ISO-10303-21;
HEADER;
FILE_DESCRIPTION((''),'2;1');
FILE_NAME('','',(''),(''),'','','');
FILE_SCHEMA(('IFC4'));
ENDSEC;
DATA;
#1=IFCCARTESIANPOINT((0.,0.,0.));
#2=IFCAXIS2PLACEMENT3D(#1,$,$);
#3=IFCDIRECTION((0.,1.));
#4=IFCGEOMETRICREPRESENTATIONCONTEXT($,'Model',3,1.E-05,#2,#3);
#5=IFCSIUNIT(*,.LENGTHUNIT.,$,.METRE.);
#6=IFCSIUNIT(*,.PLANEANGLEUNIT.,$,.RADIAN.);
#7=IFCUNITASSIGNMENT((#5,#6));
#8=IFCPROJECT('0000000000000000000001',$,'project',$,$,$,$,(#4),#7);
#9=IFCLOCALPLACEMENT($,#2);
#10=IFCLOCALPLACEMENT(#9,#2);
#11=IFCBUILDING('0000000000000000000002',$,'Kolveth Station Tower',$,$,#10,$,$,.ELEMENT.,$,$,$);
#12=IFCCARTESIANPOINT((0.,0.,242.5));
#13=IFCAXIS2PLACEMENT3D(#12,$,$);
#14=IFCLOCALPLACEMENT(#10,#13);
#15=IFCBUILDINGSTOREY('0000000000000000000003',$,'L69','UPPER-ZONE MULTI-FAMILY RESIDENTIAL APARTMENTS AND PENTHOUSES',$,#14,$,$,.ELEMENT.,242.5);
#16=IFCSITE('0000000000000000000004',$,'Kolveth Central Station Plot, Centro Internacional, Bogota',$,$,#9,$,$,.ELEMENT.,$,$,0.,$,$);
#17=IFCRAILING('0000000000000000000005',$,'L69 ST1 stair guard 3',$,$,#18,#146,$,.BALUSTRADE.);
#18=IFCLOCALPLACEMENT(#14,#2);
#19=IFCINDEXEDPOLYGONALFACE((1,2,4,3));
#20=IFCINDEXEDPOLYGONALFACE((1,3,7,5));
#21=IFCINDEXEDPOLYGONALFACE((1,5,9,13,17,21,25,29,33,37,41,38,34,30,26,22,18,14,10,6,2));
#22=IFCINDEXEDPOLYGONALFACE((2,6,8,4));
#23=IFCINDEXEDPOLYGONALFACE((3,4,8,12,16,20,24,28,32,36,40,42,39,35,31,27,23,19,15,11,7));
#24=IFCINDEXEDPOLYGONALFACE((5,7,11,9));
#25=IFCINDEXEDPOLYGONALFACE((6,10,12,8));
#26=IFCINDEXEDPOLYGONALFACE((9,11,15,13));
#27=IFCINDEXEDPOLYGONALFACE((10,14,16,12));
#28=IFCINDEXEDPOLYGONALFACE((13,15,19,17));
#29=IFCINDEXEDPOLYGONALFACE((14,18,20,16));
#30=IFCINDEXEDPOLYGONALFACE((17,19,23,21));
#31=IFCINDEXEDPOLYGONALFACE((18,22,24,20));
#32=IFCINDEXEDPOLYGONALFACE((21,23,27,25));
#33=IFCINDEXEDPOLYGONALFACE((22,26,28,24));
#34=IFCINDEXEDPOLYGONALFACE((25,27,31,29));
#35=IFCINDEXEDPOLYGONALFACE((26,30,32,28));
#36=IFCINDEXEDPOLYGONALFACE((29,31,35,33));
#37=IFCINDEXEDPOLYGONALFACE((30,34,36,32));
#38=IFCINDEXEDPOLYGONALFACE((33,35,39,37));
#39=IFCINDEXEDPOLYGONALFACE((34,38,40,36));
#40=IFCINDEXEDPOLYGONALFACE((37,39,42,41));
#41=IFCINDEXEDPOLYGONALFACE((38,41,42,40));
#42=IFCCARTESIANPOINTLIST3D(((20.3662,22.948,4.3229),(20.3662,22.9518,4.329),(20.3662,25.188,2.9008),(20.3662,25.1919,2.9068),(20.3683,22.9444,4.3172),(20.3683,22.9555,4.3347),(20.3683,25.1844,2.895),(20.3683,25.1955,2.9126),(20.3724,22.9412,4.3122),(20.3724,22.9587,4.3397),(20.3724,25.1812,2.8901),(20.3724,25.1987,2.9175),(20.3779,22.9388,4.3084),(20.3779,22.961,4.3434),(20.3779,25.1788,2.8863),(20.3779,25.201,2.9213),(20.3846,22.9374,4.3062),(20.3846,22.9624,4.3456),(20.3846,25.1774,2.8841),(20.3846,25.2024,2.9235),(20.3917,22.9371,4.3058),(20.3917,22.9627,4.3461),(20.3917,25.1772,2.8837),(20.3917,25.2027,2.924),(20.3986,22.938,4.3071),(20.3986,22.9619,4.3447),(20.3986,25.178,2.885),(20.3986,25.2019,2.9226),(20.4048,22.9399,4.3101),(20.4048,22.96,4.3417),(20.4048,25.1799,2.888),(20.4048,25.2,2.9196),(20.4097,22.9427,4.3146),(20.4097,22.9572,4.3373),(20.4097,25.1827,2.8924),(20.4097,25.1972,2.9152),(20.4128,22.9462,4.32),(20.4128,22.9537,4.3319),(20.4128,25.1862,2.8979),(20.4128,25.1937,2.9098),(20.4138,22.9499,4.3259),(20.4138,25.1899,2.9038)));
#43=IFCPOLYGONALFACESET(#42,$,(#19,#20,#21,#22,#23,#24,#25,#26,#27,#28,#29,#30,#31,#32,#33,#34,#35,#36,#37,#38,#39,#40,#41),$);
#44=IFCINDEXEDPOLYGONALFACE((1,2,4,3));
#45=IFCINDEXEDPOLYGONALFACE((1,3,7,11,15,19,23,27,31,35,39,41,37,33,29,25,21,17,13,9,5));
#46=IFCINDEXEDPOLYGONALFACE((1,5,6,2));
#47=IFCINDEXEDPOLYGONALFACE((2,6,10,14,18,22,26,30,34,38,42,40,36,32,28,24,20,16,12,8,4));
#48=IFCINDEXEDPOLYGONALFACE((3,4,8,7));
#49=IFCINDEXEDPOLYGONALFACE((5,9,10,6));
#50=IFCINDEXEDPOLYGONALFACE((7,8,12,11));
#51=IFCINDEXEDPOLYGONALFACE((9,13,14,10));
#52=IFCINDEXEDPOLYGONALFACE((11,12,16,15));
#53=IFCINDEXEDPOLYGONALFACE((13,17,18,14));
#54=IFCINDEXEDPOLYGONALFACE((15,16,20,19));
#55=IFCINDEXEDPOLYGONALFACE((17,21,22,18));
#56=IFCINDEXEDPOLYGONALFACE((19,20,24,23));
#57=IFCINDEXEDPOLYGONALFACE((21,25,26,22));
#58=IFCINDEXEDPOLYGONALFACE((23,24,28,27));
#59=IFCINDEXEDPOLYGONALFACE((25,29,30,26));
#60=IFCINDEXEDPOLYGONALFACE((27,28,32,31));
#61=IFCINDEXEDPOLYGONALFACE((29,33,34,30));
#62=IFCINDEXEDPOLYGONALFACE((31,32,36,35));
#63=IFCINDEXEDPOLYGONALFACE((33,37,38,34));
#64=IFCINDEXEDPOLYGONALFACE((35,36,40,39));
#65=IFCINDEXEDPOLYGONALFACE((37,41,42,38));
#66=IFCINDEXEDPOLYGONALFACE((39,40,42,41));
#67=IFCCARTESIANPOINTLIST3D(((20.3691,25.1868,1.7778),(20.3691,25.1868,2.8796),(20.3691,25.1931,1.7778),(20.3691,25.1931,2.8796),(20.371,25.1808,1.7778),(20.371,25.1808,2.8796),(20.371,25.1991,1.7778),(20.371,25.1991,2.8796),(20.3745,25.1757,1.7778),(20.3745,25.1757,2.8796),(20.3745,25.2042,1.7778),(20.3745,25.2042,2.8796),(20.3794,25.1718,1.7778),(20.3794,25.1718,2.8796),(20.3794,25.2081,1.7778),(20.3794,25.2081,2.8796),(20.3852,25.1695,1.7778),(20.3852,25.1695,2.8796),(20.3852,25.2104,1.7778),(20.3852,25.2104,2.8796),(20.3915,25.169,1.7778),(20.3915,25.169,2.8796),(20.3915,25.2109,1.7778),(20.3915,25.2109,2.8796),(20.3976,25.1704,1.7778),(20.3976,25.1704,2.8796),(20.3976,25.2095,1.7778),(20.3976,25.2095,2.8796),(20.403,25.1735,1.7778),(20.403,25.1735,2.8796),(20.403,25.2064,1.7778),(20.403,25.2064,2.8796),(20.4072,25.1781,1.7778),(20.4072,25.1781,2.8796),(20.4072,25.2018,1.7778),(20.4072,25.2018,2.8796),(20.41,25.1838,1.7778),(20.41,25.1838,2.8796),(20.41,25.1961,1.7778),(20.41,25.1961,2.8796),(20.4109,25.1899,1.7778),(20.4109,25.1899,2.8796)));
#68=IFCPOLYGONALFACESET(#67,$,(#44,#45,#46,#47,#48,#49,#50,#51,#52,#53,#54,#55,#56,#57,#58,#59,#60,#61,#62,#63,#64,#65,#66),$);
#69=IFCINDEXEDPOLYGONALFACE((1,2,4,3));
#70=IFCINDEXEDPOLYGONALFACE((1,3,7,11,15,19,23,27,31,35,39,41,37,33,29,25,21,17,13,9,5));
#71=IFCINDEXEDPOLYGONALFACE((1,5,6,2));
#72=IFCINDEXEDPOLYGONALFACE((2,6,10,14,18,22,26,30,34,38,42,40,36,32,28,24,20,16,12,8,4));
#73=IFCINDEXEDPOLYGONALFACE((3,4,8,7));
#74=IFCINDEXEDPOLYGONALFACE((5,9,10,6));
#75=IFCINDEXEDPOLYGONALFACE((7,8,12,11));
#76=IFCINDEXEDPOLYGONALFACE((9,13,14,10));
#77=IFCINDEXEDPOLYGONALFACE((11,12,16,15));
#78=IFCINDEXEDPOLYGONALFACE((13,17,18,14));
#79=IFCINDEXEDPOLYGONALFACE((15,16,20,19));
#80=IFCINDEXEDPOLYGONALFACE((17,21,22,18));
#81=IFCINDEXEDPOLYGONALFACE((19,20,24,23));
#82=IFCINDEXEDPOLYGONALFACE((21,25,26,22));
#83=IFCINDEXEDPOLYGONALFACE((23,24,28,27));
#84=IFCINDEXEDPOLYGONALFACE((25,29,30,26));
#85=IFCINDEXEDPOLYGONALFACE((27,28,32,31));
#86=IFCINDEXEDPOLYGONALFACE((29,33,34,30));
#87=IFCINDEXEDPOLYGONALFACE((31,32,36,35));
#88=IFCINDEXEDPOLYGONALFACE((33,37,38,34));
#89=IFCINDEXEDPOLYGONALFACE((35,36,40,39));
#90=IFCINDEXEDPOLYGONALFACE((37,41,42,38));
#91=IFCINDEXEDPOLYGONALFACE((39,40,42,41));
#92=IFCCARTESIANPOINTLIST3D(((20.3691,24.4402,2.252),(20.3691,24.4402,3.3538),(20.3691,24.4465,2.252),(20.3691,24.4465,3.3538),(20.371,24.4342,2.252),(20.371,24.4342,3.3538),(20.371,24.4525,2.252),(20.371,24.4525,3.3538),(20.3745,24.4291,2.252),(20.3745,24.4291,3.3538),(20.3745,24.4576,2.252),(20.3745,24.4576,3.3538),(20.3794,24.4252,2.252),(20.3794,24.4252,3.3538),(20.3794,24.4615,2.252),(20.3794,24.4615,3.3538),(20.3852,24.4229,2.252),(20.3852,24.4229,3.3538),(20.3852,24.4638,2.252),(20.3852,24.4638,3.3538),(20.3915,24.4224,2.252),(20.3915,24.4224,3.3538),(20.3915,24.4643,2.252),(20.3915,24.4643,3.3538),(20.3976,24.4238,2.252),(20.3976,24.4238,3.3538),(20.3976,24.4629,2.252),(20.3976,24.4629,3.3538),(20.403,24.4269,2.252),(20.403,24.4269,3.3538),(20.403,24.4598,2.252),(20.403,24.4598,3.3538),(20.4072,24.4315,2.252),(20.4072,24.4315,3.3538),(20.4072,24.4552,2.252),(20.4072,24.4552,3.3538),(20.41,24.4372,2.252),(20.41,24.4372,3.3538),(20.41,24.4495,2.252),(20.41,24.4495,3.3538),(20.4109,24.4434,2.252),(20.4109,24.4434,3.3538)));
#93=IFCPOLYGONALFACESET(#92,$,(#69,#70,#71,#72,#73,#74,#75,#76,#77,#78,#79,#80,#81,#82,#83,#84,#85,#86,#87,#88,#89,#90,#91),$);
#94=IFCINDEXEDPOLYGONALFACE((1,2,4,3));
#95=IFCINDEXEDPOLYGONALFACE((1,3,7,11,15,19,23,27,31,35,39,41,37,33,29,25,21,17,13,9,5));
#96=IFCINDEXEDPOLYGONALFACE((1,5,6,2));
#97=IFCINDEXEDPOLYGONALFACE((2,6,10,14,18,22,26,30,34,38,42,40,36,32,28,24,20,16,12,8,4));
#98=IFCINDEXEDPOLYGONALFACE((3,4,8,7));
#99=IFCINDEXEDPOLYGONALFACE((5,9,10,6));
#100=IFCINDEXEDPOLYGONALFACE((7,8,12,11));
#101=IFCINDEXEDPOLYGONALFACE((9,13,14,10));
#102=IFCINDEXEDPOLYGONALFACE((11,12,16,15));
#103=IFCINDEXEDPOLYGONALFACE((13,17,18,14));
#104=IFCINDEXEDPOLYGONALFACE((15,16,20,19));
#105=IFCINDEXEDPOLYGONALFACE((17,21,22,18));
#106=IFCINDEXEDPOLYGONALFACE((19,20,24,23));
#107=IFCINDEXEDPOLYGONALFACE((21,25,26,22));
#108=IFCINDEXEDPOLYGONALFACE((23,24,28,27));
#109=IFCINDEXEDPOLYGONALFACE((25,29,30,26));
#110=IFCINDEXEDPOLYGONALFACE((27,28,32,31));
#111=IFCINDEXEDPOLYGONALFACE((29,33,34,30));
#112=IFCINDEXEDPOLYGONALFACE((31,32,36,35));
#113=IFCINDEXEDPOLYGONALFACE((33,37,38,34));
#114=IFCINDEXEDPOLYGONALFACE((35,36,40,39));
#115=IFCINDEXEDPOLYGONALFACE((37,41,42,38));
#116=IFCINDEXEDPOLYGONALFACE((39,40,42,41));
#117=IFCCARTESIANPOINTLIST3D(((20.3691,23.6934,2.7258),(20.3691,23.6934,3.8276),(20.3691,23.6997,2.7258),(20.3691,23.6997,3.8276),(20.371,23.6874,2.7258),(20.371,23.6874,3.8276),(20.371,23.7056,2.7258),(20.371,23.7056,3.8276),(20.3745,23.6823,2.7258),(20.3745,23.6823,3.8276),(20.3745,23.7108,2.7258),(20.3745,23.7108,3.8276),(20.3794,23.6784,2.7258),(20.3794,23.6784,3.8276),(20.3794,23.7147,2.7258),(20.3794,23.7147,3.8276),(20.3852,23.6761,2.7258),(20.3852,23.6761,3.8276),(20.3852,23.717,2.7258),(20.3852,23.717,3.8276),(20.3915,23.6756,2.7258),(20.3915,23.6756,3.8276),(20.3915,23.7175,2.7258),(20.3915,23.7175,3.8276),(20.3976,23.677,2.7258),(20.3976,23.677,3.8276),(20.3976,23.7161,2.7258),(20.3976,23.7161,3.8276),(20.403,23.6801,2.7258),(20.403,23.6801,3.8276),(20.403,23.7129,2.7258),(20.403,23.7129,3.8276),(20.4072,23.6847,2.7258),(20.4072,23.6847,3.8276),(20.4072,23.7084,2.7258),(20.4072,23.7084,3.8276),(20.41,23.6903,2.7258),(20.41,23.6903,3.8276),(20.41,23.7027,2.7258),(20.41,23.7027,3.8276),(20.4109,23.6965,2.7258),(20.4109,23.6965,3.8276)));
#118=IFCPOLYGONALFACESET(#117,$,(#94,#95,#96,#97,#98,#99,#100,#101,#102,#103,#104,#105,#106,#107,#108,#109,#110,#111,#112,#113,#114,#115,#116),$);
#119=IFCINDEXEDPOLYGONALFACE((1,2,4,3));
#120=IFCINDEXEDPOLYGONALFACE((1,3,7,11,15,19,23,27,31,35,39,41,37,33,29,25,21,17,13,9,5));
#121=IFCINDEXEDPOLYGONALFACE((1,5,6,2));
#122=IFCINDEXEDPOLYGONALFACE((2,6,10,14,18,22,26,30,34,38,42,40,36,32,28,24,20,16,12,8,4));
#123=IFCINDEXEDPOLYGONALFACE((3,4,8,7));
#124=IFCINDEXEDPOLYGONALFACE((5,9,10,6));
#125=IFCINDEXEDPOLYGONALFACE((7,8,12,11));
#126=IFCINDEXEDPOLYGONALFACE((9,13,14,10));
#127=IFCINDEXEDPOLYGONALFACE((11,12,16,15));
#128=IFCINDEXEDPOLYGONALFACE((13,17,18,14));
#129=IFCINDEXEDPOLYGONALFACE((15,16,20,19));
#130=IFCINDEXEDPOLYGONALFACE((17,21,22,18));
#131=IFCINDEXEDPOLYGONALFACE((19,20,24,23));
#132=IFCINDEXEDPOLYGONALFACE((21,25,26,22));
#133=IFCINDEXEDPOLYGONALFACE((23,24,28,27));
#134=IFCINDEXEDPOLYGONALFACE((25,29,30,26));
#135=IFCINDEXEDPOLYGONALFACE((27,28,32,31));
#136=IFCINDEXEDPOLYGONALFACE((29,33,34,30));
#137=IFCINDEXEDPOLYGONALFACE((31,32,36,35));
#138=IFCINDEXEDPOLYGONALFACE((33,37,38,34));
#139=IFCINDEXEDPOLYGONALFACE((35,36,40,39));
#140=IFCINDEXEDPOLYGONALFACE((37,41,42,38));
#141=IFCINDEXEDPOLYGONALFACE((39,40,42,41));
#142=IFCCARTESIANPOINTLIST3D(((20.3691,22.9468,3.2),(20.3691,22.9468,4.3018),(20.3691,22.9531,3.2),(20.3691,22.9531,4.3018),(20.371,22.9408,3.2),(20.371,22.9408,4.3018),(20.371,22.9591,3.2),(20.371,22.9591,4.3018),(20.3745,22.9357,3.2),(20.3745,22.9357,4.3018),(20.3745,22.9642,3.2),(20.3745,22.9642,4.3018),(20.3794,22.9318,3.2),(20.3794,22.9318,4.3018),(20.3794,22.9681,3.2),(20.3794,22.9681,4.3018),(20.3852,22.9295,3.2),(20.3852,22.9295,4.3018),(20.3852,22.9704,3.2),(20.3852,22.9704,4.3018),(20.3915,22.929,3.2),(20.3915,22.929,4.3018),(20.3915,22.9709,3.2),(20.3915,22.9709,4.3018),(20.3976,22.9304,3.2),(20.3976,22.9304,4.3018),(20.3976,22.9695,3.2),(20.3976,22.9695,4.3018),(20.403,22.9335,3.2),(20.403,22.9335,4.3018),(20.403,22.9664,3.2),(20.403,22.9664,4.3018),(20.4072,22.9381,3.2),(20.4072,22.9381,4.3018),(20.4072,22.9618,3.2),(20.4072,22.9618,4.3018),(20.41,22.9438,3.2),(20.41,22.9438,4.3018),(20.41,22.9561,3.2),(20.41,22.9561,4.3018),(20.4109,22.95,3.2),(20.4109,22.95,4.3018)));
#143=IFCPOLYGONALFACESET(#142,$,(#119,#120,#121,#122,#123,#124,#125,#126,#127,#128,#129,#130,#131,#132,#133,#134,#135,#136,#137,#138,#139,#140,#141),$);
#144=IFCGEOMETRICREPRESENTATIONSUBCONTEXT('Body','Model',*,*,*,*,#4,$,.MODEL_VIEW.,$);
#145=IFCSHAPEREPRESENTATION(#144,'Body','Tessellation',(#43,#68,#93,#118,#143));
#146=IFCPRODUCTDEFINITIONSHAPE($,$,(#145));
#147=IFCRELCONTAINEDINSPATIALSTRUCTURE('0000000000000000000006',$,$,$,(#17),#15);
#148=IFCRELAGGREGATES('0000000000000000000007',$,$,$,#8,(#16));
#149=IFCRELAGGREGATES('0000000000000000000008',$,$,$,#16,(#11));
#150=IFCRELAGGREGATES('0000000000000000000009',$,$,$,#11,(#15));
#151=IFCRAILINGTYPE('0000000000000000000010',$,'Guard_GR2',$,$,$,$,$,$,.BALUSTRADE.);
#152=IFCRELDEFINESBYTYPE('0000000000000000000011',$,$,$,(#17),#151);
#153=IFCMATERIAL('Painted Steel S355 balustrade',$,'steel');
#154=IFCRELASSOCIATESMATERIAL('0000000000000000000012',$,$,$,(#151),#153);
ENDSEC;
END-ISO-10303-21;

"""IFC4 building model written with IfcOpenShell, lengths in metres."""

from ifc_helpers import new_model, si_unit, direction, frame, origin, origin_2d, place, context, subcontext, project, spatial, circle, extrude, material, type_object, element, save


model = new_model("IFC4")

# Units and contexts
model_context = context("Model", 3, precision=1e-05, world=origin(), true_north=direction((0.0, 1.0)))
body_context = subcontext(model_context, "Body", "Model", "MODEL_VIEW")
ifc_project = project(units=[si_unit("LENGTHUNIT", "METRE"), si_unit("PLANEANGLEUNIT", "RADIAN")], contexts=[model_context])

# Site, building, storey
site_placement = place(None, origin())
site = spatial("IfcSite", under=ifc_project, at=site_placement, Name="Kolveth Central Station Plot, Centro Internacional, Bogota", CompositionType="ELEMENT", RefElevation=0.0)
building_placement = place(site_placement, origin())
building = spatial("IfcBuilding", under=site, at=building_placement, Name="Kolveth Station Tower", CompositionType="ELEMENT")
storey_placement = place(building_placement, frame((0.0, 0.0, 242.5)))
storey = spatial("IfcBuildingStorey", under=building, at=storey_placement, Name="L69", Description="UPPER-ZONE MULTI-FAMILY RESIDENTIAL APARTMENTS AND PENTHOUSES", CompositionType="ELEMENT", Elevation=242.5)

# Railing
ifc_material_1 = material(Name="Painted Steel S355 balustrade", Category="steel")
railing_type_1 = type_object("IfcRailingType", Name="Guard_GR2", PredefinedType="BALUSTRADE", material=ifc_material_1)
railing_1_placement = place(storey_placement, frame((20.3899, 25.1899, 1.7778)))
element("IfcRailing", 1, at=railing_1_placement, inside=storey, type_object=railing_type_1, Name="L69 ST1 stair guard 3", PredefinedType="BALUSTRADE", context=body_context, shape_type="SweptSolid", body=[
    extrude(circle(Radius=0.0239, at=origin_2d()), frame((0.0, 0.0, 1.126), z_axis=(0.0, -0.844229, 0.535982), x_axis=(1.0, 0.0, 0.0)), (0.0, 0.0, 1.0), 2.6533),
    extrude(circle(Radius=0.021, at=origin_2d()), origin(), (0.0, 0.0, 1.0), 1.1018),
    extrude(circle(Radius=0.021, at=origin_2d()), frame((0.0, -0.7466, 0.4741)), (0.0, 0.0, 1.0), 1.1018),
    extrude(circle(Radius=0.021, at=origin_2d()), frame((0.0, -1.4934, 0.948)), (0.0, 0.0, 1.0), 1.1018),
    extrude(circle(Radius=0.021, at=origin_2d()), frame((0.0, -2.24, 1.4221)), (0.0, 0.0, 1.0), 1.1018),
])

save(model, "model.ifc")
